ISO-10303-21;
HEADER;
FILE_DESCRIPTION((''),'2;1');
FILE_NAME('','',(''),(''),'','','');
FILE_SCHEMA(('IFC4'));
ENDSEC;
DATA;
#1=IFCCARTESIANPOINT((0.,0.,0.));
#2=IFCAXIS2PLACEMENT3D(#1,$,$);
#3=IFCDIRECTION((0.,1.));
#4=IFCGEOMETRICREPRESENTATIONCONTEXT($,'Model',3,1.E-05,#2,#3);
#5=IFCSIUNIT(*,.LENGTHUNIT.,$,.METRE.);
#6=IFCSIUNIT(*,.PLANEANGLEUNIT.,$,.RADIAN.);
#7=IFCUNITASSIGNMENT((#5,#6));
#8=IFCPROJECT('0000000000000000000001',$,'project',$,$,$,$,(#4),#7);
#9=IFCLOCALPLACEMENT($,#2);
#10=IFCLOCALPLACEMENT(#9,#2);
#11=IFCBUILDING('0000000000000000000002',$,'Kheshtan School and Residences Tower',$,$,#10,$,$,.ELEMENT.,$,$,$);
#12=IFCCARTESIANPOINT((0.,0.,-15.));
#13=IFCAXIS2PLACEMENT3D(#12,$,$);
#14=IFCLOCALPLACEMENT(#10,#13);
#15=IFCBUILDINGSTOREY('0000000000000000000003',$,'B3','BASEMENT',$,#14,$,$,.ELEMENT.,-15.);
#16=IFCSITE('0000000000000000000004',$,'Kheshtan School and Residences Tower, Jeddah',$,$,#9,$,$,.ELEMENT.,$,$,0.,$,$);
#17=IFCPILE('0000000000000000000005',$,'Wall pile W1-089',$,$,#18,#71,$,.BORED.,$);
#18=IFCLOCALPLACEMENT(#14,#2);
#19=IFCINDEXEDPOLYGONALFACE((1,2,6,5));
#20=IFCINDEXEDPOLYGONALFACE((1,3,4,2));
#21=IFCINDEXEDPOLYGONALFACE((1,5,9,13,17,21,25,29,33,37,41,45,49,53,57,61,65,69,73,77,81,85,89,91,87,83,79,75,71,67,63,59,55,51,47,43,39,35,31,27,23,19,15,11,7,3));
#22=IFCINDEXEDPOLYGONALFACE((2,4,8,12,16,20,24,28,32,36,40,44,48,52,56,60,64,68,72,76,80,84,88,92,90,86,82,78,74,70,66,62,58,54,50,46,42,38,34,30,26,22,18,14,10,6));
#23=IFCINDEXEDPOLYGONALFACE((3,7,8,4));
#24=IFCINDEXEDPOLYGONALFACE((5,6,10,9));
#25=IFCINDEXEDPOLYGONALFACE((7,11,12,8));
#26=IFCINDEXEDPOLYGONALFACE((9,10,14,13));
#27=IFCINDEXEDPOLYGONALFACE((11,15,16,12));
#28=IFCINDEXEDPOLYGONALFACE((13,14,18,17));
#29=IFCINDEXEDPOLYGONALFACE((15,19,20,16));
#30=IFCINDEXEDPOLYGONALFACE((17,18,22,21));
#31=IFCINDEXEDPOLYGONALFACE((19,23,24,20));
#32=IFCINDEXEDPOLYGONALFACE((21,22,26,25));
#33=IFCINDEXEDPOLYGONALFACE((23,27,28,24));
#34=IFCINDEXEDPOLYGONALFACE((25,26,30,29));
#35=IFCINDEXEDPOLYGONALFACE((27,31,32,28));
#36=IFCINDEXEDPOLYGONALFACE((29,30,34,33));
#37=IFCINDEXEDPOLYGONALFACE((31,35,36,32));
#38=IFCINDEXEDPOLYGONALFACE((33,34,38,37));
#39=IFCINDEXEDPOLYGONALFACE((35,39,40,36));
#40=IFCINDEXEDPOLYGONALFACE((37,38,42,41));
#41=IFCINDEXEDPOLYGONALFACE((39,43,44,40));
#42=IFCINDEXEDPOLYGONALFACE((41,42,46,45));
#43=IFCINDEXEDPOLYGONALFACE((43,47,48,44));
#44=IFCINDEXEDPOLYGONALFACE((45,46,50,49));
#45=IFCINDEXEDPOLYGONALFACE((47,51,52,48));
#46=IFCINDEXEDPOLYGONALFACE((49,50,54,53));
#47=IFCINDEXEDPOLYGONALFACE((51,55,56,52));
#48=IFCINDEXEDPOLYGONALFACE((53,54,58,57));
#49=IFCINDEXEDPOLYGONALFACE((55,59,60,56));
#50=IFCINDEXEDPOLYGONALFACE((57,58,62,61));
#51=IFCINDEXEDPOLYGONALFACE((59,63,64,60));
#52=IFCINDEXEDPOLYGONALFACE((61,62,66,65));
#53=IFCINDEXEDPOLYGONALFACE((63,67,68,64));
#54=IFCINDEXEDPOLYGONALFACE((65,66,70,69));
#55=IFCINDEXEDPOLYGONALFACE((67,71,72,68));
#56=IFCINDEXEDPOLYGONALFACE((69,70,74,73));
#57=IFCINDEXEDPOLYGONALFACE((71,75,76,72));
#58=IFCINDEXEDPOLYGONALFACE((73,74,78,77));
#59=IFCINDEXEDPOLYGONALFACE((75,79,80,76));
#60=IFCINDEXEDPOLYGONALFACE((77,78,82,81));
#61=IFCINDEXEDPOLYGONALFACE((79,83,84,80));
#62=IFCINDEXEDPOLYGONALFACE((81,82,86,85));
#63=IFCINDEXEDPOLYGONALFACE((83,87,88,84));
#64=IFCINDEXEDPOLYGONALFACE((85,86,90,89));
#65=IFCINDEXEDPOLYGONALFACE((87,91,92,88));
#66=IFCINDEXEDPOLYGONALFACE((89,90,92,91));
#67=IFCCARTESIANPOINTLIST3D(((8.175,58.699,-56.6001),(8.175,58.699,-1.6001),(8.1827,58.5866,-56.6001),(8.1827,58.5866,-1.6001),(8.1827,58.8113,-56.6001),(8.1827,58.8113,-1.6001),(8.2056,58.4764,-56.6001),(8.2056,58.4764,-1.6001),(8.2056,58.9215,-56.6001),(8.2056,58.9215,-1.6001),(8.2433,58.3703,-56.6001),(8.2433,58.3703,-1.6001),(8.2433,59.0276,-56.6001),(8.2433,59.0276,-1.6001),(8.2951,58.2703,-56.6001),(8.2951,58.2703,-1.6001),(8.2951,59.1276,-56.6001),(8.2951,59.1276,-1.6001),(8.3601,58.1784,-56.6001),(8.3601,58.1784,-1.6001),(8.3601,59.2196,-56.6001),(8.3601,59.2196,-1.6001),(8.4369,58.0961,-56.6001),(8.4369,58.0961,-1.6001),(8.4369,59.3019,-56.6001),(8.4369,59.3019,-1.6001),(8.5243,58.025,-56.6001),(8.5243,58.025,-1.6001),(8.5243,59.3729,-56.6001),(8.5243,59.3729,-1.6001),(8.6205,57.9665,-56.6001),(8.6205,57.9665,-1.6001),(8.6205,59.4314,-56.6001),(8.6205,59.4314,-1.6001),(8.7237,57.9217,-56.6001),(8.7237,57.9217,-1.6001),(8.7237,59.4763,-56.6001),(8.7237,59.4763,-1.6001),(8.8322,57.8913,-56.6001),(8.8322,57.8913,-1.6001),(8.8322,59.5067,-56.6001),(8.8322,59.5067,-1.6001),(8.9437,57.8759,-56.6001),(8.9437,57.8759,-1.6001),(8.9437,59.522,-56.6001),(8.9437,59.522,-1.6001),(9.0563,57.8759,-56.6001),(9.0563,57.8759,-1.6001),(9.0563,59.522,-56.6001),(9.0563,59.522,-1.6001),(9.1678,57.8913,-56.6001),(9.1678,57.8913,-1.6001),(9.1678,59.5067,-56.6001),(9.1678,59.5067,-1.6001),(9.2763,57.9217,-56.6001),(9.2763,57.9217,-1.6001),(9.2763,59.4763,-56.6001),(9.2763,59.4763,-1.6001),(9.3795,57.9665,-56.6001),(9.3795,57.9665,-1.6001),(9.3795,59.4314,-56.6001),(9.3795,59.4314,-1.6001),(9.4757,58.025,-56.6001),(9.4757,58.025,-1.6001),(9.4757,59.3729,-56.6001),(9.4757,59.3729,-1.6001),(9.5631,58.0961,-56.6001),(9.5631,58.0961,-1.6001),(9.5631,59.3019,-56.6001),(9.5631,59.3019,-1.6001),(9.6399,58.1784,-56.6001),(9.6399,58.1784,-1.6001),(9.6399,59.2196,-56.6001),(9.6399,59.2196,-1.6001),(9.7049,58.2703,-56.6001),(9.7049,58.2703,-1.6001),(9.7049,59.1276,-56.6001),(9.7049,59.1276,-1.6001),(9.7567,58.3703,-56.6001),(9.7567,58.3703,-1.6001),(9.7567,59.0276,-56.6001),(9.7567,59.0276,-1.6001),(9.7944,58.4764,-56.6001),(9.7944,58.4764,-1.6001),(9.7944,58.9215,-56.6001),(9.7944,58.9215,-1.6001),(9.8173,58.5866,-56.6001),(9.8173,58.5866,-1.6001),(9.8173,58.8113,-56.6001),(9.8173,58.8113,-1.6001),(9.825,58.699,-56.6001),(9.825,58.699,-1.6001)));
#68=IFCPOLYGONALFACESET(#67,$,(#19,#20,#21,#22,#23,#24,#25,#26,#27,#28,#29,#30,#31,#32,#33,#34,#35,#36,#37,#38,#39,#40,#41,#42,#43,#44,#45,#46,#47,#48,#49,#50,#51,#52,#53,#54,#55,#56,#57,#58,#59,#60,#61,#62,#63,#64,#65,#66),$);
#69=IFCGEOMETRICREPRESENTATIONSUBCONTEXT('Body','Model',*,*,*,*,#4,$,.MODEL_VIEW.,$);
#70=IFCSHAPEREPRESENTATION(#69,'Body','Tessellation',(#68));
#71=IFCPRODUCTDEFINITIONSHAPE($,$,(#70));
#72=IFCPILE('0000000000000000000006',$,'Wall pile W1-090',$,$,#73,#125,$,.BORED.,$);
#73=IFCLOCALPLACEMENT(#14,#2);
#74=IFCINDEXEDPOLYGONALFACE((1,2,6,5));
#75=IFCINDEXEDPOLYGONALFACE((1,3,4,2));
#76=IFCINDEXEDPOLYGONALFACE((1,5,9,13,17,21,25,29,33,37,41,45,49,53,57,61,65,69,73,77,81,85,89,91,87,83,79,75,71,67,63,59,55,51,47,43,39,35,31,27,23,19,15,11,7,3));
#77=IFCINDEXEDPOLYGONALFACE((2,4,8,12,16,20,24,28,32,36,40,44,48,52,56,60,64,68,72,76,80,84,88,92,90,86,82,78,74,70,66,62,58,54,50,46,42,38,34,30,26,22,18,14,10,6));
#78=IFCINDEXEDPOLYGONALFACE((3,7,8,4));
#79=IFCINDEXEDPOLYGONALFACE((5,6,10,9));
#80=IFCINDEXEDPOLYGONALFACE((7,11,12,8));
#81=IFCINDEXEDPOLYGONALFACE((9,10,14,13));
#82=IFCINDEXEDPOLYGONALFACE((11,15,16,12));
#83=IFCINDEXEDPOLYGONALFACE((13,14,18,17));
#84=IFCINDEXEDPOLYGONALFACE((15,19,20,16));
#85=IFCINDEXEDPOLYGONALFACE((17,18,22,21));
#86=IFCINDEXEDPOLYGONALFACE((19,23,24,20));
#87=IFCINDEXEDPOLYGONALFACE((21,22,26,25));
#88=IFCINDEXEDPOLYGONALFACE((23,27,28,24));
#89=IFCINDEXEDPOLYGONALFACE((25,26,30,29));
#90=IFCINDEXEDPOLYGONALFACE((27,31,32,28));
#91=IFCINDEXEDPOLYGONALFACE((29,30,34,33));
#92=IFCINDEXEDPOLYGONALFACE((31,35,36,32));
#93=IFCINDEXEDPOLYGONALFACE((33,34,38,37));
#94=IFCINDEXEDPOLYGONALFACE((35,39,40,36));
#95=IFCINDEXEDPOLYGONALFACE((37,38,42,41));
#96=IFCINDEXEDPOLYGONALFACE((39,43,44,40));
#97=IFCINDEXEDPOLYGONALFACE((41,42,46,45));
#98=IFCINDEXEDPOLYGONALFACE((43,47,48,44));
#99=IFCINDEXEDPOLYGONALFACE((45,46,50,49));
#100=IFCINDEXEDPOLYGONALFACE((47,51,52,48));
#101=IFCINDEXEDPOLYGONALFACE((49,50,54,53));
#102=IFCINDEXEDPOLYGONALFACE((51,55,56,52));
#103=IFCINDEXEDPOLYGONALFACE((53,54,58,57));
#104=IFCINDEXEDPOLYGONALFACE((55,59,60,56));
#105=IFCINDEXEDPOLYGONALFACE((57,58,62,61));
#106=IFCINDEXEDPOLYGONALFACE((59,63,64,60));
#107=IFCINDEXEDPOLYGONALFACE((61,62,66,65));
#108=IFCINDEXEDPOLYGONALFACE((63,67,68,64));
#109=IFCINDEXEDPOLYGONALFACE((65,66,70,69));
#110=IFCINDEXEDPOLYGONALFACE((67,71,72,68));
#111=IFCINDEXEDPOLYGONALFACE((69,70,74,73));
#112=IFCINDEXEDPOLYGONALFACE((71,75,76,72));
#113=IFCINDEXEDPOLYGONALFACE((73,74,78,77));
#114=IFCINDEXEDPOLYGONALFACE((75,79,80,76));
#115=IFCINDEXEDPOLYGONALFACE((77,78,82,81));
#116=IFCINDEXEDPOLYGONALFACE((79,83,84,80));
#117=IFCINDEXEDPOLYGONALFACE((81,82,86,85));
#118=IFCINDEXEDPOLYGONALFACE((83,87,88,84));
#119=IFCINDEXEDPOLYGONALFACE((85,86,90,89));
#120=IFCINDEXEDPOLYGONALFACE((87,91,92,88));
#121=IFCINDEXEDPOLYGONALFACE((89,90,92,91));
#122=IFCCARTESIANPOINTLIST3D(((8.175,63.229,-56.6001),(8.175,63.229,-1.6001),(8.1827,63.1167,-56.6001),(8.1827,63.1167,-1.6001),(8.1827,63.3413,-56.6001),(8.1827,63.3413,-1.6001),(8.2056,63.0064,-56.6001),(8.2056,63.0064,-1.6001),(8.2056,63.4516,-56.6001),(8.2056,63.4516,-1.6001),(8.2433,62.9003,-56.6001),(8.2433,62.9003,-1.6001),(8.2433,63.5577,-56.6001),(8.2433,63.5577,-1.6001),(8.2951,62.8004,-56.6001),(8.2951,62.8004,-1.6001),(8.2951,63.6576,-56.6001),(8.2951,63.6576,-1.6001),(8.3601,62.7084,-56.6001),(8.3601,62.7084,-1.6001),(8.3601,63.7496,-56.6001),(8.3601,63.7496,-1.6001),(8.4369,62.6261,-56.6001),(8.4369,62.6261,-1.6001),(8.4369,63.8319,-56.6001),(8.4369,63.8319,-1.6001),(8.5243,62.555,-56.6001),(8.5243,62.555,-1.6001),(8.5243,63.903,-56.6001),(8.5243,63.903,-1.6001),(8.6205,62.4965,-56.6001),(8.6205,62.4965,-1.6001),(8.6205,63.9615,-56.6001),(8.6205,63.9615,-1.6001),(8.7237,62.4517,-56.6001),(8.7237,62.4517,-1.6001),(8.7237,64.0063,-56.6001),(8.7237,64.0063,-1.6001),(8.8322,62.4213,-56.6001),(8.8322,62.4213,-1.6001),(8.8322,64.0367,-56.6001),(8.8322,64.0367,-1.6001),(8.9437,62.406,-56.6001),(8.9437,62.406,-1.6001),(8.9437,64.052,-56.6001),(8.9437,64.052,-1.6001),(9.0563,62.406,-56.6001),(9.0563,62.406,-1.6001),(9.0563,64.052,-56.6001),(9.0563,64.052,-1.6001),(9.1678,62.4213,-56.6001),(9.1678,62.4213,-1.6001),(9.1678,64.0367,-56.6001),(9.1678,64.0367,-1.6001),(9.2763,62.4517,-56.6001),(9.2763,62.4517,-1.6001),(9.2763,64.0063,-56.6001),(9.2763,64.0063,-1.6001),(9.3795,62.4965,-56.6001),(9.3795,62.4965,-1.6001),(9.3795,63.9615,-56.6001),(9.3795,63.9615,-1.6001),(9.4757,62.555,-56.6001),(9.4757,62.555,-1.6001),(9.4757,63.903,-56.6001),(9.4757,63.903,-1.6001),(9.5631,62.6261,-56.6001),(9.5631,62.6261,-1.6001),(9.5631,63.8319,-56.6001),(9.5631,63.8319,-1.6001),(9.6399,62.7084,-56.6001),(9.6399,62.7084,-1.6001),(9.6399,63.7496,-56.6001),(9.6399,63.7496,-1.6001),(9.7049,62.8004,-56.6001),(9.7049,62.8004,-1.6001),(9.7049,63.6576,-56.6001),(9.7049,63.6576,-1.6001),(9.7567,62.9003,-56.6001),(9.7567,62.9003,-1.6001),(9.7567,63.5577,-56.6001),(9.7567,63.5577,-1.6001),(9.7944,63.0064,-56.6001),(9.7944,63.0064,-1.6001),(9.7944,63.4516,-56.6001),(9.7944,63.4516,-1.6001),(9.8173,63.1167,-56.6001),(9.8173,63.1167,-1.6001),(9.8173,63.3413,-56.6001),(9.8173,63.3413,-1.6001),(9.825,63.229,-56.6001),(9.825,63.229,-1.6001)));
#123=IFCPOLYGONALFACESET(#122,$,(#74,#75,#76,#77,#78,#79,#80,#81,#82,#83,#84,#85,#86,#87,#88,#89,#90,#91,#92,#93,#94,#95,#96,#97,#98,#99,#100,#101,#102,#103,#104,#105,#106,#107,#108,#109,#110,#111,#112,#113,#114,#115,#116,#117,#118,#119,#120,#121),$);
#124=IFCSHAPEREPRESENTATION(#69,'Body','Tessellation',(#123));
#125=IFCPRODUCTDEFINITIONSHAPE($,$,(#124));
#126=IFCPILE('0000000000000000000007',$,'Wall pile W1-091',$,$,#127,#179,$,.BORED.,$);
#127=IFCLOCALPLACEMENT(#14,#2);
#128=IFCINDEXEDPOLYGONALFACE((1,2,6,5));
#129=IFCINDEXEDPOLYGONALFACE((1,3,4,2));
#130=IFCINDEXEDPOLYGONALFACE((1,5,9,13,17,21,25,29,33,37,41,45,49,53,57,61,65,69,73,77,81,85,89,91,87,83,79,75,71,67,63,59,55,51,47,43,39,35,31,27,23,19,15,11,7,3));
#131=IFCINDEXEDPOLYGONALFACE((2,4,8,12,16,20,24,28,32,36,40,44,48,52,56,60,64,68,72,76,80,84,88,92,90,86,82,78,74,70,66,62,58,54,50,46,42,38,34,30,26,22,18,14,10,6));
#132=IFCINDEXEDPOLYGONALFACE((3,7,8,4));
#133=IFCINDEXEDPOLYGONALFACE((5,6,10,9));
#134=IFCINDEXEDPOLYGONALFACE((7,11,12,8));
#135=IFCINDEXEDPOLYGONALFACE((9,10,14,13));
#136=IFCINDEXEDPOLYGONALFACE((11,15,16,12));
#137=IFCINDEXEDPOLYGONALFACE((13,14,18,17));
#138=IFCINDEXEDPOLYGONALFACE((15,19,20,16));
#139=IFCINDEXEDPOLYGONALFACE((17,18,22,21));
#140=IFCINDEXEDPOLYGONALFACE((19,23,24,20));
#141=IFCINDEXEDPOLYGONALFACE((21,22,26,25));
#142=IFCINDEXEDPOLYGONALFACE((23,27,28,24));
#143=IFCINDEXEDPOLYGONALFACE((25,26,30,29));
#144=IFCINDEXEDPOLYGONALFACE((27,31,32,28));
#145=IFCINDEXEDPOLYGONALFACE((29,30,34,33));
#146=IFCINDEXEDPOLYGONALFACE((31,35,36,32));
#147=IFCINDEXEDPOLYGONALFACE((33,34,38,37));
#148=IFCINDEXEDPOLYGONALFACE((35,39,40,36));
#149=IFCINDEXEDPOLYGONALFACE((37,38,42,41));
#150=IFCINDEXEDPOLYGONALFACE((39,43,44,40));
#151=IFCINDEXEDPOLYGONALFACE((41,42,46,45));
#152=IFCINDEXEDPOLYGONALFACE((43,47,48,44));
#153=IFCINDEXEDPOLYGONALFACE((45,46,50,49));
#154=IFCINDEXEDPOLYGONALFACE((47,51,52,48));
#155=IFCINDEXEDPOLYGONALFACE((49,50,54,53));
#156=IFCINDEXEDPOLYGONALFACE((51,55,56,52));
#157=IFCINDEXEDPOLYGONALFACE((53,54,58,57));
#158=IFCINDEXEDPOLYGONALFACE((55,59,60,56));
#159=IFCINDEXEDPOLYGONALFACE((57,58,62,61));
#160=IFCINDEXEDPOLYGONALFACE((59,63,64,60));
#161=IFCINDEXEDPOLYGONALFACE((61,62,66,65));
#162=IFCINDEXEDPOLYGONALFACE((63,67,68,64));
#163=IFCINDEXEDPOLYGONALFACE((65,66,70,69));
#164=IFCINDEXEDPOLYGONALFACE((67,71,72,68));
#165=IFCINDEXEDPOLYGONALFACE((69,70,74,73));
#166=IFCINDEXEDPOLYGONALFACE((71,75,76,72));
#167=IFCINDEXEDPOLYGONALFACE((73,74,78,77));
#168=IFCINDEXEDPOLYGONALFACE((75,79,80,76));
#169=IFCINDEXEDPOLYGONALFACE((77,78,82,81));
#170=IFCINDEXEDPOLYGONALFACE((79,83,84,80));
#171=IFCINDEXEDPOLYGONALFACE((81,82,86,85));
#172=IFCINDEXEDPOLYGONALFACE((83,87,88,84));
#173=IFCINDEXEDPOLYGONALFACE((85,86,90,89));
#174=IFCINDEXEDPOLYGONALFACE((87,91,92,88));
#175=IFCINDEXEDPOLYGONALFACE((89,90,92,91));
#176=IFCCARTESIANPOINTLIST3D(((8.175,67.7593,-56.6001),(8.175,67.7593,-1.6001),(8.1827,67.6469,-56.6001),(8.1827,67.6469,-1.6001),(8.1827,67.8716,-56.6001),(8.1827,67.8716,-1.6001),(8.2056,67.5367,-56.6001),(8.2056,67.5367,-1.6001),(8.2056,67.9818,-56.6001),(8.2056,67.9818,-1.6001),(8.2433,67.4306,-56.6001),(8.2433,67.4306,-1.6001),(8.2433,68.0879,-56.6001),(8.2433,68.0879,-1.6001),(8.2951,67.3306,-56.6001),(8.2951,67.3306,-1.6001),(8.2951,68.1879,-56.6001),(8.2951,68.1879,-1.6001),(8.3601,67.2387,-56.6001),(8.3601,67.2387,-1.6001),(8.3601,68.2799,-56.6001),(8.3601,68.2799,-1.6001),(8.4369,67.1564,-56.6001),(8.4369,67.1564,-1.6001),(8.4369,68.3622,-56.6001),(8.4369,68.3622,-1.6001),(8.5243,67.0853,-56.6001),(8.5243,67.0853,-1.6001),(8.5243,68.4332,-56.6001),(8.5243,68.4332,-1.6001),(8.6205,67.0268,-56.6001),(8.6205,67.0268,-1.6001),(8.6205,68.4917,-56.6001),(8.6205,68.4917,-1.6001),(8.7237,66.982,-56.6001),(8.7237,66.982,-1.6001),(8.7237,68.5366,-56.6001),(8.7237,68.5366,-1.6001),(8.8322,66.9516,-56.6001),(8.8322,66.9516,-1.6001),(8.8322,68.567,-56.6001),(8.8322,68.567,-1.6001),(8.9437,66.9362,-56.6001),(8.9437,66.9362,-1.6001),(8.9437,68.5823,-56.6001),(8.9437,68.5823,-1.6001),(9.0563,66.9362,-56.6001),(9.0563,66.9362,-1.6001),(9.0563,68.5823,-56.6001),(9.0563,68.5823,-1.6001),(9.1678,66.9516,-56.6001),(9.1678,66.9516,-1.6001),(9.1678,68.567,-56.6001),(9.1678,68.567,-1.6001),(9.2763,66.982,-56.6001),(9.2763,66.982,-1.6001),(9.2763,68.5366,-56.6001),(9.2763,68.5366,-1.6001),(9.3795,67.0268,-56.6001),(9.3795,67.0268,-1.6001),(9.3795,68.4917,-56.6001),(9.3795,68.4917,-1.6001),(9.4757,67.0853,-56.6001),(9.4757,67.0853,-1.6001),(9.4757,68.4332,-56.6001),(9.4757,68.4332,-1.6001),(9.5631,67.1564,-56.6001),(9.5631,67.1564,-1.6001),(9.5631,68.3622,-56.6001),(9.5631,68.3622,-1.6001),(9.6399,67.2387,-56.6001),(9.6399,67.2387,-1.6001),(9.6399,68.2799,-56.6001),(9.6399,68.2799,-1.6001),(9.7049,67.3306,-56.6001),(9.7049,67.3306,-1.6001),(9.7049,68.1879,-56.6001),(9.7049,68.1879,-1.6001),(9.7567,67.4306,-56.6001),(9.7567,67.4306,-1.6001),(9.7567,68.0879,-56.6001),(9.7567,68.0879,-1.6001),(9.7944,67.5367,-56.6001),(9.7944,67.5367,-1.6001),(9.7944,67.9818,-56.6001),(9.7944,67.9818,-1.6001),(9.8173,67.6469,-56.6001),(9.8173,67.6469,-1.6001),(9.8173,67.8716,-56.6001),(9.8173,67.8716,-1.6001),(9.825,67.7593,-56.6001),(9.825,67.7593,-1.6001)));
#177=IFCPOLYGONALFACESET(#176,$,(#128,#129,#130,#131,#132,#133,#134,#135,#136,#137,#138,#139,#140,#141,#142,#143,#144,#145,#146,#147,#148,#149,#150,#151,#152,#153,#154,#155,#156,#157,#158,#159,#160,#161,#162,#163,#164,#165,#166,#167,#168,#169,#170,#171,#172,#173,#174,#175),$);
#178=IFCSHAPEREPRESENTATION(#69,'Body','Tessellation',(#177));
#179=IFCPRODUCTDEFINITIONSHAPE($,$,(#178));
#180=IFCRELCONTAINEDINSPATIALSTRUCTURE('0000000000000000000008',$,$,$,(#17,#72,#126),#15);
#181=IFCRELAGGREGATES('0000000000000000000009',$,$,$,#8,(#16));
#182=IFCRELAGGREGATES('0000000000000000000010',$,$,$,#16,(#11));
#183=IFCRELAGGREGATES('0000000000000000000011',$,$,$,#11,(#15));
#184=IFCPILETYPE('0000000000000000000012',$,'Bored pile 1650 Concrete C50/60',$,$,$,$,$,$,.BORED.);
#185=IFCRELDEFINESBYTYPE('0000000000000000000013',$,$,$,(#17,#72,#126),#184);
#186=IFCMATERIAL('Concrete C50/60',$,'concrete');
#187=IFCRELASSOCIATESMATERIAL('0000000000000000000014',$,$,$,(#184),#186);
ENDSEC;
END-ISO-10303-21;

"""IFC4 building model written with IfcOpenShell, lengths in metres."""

from ifc_helpers import new_model, si_unit, direction, frame, origin, origin_2d, place, context, subcontext, project, spatial, circle, extrude, material, material_profile, profile_set, type_object, element, save


model = new_model("IFC4")

# Units and contexts
model_context = context("Model", 3, precision=1e-05, world=origin(), true_north=direction((0.0, 1.0)))
body_context = subcontext(model_context, "Body", "Model", "MODEL_VIEW")
ifc_project = project(units=[si_unit("LENGTHUNIT", "METRE"), si_unit("PLANEANGLEUNIT", "RADIAN")], contexts=[model_context])

# Site, building, storey
site_placement = place(None, origin())
site = spatial("IfcSite", under=ifc_project, at=site_placement, Name="Kheshtan School and Residences Tower, Jeddah", CompositionType="ELEMENT", RefElevation=0.0)
building_placement = place(site_placement, origin())
building = spatial("IfcBuilding", under=site, at=building_placement, Name="Kheshtan School and Residences Tower", CompositionType="ELEMENT")
storey_placement = place(building_placement, frame((0.0, 0.0, -15.0)))
storey = spatial("IfcBuildingStorey", under=building, at=storey_placement, Name="B3", Description="BASEMENT", CompositionType="ELEMENT", Elevation=-15.0)

# Piles
ifc_material_1 = material(Name="Concrete C50/60", Category="concrete")
ifc_material_profile_1 = material_profile(ifc_material_1, circle(Radius=0.825, at=origin_2d()), Name="BP 1650")
ifc_profile_set_1 = profile_set([ifc_material_profile_1], Name="Concrete C50/60")
pile_type_1 = type_object("IfcPileType", Name="Bored pile 1650 Concrete C50/60", PredefinedType="BORED", material=ifc_profile_set_1)
for number, where, z_axis, x_axis, name in (
    (1, (9.0, 58.699, -1.6001), (0.0, 0.0, -1.0), (1.0, 0.0, 0.0), "Wall pile W1-089"),
    (2, (9.0, 63.229, -1.6001), (0.0, 0.0, -1.0), (1.0, 0.0, 0.0), "Wall pile W1-090"),
    (3, (9.0, 67.7593, -1.6001), (0.0, 0.0, -1.0), (1.0, 0.0, 0.0), "Wall pile W1-091"),
):
    element("IfcPile", number, at=place(storey_placement, frame(where, z_axis=z_axis, x_axis=x_axis)), inside=storey, type_object=pile_type_1, Name=name, PredefinedType="BORED", context=body_context, shape_type="SweptSolid", body=[
        extrude(circle(Radius=0.825, at=origin_2d()), origin(), (0.0, 0.0, 1.0), 55.0),
    ])

save(model, "model.ifc")
